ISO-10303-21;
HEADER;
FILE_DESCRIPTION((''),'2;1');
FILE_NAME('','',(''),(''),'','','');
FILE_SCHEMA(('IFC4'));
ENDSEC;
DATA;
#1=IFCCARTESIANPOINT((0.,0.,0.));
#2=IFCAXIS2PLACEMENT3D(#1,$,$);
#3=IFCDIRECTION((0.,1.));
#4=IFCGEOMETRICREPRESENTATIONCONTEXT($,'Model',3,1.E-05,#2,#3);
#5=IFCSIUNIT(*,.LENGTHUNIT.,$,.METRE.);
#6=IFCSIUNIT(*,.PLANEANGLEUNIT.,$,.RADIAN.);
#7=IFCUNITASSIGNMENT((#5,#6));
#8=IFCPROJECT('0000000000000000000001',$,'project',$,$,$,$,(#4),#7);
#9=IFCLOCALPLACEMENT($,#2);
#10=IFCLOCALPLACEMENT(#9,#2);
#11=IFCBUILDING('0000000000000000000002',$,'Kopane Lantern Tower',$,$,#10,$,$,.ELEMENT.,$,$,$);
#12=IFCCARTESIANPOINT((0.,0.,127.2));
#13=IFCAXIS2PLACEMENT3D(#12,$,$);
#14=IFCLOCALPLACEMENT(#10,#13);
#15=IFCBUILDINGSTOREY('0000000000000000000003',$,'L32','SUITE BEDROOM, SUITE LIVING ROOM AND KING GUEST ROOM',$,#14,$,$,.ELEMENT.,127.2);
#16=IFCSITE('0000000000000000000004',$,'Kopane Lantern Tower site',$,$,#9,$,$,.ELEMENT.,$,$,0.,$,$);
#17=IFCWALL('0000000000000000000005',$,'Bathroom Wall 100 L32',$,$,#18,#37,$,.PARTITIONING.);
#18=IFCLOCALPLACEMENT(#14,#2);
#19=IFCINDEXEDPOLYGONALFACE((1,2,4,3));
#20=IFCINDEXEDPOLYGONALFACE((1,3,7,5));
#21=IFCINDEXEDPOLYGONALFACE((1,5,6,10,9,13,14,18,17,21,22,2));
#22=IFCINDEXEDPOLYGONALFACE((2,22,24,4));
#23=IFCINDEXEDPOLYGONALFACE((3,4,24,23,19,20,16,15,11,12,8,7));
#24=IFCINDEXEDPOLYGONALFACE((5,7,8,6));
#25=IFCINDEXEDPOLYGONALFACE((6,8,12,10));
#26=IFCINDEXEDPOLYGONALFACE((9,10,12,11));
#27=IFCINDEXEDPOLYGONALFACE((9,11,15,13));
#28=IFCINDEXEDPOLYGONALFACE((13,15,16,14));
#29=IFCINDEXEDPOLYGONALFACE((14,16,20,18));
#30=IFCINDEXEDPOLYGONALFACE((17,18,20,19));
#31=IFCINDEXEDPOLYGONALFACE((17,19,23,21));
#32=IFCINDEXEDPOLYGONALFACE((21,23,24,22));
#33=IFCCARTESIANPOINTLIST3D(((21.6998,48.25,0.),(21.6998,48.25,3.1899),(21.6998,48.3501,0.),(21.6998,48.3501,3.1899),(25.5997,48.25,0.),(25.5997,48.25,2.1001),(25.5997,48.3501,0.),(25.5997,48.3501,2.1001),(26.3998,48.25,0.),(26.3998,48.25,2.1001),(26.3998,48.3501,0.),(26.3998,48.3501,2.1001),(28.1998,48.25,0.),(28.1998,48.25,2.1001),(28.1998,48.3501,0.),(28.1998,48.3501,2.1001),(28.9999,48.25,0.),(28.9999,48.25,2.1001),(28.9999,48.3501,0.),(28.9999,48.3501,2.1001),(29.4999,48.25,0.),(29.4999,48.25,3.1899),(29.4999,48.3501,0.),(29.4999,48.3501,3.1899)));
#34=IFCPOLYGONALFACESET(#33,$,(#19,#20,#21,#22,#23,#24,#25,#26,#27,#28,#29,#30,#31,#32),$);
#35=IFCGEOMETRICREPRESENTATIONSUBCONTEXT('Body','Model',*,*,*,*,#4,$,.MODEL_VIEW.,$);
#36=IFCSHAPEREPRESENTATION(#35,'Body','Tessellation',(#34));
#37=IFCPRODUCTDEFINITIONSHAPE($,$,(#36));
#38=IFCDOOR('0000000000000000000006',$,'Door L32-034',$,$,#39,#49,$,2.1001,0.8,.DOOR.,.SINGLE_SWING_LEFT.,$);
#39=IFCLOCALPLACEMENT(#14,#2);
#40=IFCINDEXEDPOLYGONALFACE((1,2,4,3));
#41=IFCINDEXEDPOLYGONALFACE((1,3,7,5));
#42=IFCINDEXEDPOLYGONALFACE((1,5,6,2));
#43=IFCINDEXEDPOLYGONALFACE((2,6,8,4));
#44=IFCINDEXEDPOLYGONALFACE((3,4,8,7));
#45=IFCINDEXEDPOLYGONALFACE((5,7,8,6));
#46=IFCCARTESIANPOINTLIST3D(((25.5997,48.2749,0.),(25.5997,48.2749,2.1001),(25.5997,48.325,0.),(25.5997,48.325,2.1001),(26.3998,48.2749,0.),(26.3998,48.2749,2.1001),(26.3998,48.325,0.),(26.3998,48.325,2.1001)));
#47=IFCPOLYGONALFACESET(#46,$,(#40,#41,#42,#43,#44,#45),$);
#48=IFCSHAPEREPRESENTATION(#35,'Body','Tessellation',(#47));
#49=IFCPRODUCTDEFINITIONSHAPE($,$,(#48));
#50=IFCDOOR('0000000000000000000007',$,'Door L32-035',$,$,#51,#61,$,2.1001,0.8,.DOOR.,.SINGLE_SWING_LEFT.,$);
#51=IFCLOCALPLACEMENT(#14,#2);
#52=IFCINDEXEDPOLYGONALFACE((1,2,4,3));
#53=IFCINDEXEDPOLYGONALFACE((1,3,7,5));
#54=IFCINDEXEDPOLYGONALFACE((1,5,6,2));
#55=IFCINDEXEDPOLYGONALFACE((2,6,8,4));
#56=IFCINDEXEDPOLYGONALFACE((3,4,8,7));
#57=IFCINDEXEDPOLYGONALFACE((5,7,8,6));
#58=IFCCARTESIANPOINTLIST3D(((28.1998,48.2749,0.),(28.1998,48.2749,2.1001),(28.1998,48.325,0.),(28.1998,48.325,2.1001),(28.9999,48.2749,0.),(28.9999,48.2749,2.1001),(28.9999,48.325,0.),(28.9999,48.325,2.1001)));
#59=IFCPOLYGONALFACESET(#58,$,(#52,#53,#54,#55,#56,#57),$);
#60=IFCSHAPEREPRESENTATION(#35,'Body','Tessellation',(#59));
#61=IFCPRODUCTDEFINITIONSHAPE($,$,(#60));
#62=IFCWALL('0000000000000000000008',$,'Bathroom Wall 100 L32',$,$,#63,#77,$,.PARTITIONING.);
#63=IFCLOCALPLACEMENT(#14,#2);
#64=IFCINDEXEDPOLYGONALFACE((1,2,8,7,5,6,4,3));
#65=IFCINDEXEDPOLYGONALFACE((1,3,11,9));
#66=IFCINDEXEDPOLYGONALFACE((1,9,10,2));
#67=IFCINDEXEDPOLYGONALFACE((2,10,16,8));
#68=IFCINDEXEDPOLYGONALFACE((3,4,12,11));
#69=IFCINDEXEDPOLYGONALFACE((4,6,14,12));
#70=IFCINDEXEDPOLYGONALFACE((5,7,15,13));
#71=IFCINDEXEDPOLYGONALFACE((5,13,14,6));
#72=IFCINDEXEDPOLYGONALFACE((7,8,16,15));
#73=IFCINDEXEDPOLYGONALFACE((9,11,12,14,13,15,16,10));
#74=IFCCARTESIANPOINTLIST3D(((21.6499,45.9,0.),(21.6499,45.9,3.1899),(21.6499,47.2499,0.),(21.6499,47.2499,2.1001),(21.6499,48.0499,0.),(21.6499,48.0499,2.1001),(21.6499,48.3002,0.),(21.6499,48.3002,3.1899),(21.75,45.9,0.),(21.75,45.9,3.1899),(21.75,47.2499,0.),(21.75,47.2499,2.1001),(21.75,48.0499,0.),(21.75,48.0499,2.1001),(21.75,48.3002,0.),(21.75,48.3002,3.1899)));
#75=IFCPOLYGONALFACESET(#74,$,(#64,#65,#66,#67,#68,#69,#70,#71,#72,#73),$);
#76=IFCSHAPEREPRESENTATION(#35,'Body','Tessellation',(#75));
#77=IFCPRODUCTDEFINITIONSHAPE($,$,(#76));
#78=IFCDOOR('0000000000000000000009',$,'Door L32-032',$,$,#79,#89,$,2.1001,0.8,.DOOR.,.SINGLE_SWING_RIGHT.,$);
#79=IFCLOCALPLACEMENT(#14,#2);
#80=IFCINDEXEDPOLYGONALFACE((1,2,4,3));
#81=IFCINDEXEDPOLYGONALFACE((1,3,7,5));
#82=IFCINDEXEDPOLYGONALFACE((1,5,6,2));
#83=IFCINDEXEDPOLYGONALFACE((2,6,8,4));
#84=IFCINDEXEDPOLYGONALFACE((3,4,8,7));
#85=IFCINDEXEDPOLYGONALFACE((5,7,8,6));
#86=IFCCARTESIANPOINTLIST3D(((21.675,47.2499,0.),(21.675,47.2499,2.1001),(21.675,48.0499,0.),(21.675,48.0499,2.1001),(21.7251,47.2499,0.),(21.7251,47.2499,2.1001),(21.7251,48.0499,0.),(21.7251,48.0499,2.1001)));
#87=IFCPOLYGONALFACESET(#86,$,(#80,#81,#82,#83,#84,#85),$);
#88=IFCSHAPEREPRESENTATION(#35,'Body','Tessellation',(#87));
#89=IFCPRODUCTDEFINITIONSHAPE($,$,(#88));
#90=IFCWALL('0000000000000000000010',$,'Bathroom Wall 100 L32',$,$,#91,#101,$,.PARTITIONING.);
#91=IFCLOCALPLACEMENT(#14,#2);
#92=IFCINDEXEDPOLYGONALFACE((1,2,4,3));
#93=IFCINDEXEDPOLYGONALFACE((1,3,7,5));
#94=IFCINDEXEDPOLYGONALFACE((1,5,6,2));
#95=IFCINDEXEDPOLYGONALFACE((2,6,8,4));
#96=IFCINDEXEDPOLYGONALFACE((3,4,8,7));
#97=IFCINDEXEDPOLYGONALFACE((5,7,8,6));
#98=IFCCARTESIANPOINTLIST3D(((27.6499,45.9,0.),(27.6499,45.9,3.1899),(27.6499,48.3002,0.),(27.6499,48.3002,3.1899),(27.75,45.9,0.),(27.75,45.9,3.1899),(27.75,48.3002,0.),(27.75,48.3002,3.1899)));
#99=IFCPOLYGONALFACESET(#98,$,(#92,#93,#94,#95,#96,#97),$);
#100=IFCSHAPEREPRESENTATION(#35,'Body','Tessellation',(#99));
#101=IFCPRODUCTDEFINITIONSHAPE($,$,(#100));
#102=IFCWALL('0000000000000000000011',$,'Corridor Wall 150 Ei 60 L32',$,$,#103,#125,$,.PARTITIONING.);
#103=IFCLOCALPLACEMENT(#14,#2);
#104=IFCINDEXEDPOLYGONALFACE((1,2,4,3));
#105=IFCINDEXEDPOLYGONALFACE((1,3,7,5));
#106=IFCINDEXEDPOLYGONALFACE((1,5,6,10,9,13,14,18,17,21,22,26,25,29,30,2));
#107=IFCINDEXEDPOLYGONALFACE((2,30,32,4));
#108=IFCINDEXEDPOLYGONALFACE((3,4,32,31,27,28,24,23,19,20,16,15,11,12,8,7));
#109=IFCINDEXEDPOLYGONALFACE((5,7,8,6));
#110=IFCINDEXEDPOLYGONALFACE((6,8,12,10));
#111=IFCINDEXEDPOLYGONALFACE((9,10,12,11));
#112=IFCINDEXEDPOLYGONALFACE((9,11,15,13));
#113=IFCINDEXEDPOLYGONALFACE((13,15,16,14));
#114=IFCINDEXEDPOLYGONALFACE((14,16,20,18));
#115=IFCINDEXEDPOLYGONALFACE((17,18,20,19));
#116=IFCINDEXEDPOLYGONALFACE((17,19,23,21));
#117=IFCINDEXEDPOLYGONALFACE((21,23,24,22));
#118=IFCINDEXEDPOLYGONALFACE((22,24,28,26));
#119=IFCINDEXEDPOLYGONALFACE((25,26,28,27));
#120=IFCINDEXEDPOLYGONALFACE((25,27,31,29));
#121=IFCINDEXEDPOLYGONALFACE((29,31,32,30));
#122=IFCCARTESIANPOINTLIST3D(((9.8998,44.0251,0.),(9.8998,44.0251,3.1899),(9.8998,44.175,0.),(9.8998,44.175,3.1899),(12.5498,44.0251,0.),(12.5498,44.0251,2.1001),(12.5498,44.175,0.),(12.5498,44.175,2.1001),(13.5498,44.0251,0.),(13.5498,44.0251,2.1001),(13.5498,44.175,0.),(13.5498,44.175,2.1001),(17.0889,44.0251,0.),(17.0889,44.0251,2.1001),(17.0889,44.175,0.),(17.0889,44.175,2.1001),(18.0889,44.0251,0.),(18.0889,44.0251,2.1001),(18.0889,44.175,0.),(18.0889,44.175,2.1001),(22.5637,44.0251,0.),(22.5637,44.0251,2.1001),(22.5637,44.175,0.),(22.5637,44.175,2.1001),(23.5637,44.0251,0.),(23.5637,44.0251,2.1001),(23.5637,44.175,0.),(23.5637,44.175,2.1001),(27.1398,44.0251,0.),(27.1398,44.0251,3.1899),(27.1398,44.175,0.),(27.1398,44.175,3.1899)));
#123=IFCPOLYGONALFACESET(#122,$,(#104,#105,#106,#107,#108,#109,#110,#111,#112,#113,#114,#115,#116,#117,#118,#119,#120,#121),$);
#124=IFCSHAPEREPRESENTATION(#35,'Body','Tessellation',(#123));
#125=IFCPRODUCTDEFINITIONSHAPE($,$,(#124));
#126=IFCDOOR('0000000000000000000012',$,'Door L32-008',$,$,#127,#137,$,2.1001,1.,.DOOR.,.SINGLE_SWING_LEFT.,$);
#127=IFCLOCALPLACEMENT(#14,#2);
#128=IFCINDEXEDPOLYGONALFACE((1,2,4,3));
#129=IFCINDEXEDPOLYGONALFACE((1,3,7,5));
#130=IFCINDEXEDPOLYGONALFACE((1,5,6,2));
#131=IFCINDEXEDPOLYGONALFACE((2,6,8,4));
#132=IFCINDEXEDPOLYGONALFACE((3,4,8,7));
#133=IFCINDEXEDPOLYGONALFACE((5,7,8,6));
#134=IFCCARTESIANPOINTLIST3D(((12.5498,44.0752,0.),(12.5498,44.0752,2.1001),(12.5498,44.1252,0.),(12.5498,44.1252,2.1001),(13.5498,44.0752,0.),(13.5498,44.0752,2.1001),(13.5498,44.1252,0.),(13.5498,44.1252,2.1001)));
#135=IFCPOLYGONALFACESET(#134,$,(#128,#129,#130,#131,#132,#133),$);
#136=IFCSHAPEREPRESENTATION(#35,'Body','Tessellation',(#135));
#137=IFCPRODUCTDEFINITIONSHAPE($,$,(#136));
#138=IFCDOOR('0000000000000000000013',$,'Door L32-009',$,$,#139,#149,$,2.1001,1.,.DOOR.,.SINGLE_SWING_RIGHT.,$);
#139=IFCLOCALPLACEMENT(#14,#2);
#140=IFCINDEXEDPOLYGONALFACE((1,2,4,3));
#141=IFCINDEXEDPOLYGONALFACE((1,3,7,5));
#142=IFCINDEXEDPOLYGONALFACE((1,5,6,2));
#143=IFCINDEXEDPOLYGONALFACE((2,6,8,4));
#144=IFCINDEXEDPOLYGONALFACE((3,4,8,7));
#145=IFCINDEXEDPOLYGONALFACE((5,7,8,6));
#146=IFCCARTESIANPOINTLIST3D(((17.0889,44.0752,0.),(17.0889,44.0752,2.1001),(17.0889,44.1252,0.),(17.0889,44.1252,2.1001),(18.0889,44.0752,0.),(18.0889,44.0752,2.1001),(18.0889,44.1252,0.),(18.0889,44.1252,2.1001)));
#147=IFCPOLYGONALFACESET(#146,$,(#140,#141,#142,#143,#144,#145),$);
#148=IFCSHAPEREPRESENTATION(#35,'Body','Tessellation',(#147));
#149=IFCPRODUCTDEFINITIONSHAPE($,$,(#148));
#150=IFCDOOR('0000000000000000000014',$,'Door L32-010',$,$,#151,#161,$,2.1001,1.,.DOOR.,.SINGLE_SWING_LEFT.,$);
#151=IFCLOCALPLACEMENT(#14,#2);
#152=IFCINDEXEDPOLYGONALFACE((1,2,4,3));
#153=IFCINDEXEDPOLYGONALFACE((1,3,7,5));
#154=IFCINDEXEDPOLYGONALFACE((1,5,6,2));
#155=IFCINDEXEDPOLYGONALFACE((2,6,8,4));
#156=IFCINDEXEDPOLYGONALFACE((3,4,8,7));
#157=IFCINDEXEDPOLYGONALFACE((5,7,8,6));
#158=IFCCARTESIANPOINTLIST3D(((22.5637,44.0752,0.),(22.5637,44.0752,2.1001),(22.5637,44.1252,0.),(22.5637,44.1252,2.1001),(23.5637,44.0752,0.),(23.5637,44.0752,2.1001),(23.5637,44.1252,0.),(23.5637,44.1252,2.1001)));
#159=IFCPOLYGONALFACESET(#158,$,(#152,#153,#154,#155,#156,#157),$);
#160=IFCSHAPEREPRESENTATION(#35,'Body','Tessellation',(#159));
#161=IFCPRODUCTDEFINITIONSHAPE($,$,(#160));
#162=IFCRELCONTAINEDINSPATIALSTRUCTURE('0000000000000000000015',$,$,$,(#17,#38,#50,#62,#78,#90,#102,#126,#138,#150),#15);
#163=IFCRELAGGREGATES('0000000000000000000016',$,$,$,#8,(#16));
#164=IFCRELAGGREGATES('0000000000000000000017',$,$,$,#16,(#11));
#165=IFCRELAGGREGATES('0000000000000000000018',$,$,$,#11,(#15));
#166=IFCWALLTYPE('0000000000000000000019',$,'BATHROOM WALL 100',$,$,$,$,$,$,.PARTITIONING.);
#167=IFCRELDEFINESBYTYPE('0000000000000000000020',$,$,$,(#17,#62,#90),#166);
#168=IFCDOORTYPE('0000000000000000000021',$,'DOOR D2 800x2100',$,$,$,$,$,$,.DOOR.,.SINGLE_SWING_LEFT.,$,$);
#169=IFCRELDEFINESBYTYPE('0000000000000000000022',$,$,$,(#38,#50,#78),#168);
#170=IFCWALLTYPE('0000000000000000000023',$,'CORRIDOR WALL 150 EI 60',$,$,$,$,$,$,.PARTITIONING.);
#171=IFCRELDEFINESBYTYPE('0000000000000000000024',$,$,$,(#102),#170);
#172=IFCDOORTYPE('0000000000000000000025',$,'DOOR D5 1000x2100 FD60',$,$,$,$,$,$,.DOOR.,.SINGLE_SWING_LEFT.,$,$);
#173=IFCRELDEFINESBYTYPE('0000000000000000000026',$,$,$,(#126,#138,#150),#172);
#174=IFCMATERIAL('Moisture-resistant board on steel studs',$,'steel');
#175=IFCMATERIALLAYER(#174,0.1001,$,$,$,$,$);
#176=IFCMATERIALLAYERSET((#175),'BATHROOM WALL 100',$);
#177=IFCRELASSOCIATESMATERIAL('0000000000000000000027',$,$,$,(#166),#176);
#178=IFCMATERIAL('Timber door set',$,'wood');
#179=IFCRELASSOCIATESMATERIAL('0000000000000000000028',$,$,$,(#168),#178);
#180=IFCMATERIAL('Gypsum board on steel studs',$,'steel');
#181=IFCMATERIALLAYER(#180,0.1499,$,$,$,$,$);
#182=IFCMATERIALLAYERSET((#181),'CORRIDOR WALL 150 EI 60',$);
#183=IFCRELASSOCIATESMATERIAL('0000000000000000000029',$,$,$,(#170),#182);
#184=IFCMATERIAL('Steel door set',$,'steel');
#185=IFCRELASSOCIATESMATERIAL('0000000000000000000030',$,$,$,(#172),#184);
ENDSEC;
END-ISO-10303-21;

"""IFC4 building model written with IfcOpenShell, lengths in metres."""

from ifc_helpers import new_model, si_unit, direction, frame, frame_2d, origin, place, context, subcontext, project, spatial, rectangle, extrude, material, layer, layer_set, type_object, element, fill, save


model = new_model("IFC4")

# Units and contexts
model_context = context("Model", 3, precision=1e-05, world=origin(), true_north=direction((0.0, 1.0)))
body_context = subcontext(model_context, "Body", "Model", "MODEL_VIEW")
ifc_project = project(units=[si_unit("LENGTHUNIT", "METRE"), si_unit("PLANEANGLEUNIT", "RADIAN")], contexts=[model_context])

# Site, building, storey
site_placement = place(None, origin())
site = spatial("IfcSite", under=ifc_project, at=site_placement, Name="Kopane Lantern Tower site", CompositionType="ELEMENT", RefElevation=0.0)
building_placement = place(site_placement, origin())
building = spatial("IfcBuilding", under=site, at=building_placement, Name="Kopane Lantern Tower", CompositionType="ELEMENT")
storey_placement = place(building_placement, frame((0.0, 0.0, 127.2)))
storey = spatial("IfcBuildingStorey", under=building, at=storey_placement, Name="L32", Description="SUITE BEDROOM, SUITE LIVING ROOM AND KING GUEST ROOM", CompositionType="ELEMENT", Elevation=127.2)

# Wall, openings, doors
ifc_material_1 = material(Name="Moisture-resistant board on steel studs", Category="steel")
ifc_layer_1 = layer(ifc_material_1, 0.1001)
ifc_layer_set_1 = layer_set([ifc_layer_1], Name="BATHROOM WALL 100")
wall_type_1 = type_object("IfcWallType", Name="BATHROOM WALL 100", PredefinedType="PARTITIONING", material=ifc_layer_set_1)
wall_1_placement = place(storey_placement, frame((21.7, 48.3, 0.0), z_axis=(0.0, 0.0, 1.0), x_axis=(1.0, 0.0, 0.0)))
wall_1 = element("IfcWall", 1, at=wall_1_placement, inside=storey, type_object=wall_type_1, Name="Bathroom Wall 100 L32", PredefinedType="PARTITIONING", context=body_context, shape_type="SweptSolid", body=[
    extrude(rectangle(XDim=7.8, YDim=0.1001, at=frame_2d((3.8999, 0.0))), origin(), (0.0, 0.0, 1.0), 3.1899),
])
opening_1_placement = place(wall_1_placement, frame((3.8999, 0.0, 0.0)))
opening_1 = element("IfcOpeningElement", 2, at=opening_1_placement, cuts=wall_1, PredefinedType="OPENING", context=body_context, shape_type="SweptSolid", body=[
    extrude(rectangle(XDim=0.8, YDim=2.1001, at=frame_2d((0.3999, 1.05))), frame((0.0, 0.0601, 0.0), z_axis=(0.0, -1.0, 0.0), x_axis=(1.0, 0.0, 0.0)), (0.0, 0.0, 1.0), 0.1201),
])
opening_2_placement = place(wall_1_placement, frame((6.5, 0.0, 0.0)))
opening_2 = element("IfcOpeningElement", 3, at=opening_2_placement, cuts=wall_1, PredefinedType="OPENING", context=body_context, shape_type="SweptSolid", body=[
    extrude(rectangle(XDim=0.8, YDim=2.1001, at=frame_2d((0.3999, 1.05))), frame((0.0, 0.0601, 0.0), z_axis=(0.0, -1.0, 0.0), x_axis=(1.0, 0.0, 0.0)), (0.0, 0.0, 1.0), 0.1201),
])
ifc_material_2 = material(Name="Timber door set", Category="wood")
door_type_1 = type_object("IfcDoorType", Name="DOOR D2 800x2100", OperationType="SINGLE_SWING_LEFT", PredefinedType="DOOR", material=ifc_material_2)
door_1_placement = place(opening_1_placement, origin())
door_1 = element("IfcDoor", 4, at=door_1_placement, inside=storey, type_object=door_type_1, Name="Door L32-034", OperationType="SINGLE_SWING_LEFT", OverallHeight=2.1001, OverallWidth=0.8, PredefinedType="DOOR", context=body_context, shape_type="SweptSolid", body=[
    extrude(rectangle(XDim=0.8, YDim=2.1001, at=frame_2d((0.3999, 1.05))), frame((0.0, 0.0249, 0.0), z_axis=(0.0, -1.0, 0.0), x_axis=(1.0, 0.0, 0.0)), (0.0, 0.0, 1.0), 0.05),
])
fill(opening_1, door_1)
door_2_placement = place(opening_2_placement, origin())
door_2 = element("IfcDoor", 5, at=door_2_placement, inside=storey, type_object=door_type_1, Name="Door L32-035", OperationType="SINGLE_SWING_LEFT", OverallHeight=2.1001, OverallWidth=0.8, PredefinedType="DOOR", context=body_context, shape_type="SweptSolid", body=[
    extrude(rectangle(XDim=0.8, YDim=2.1001, at=frame_2d((0.3999, 1.05))), frame((0.0, 0.0249, 0.0), z_axis=(0.0, -1.0, 0.0), x_axis=(1.0, 0.0, 0.0)), (0.0, 0.0, 1.0), 0.05),
])
fill(opening_2, door_2)

# Wall, opening, door
wall_2_placement = place(storey_placement, frame((21.7, 45.8999, 0.0), z_axis=(0.0, 0.0, 1.0), x_axis=(0.0, 1.0, 0.0)))
wall_2 = element("IfcWall", 6, at=wall_2_placement, inside=storey, type_object=wall_type_1, Name="Bathroom Wall 100 L32", PredefinedType="PARTITIONING", context=body_context, shape_type="SweptSolid", body=[
    extrude(rectangle(XDim=2.4001, YDim=0.1001, at=frame_2d((1.2002, 0.0))), origin(), (0.0, 0.0, 1.0), 3.1899),
])
opening_3_placement = place(wall_2_placement, frame((1.3501, 0.0, 0.0)))
opening_3 = element("IfcOpeningElement", 7, at=opening_3_placement, cuts=wall_2, PredefinedType="OPENING", context=body_context, shape_type="SweptSolid", body=[
    extrude(rectangle(XDim=0.8, YDim=2.1001, at=frame_2d((0.3999, 1.05))), frame((0.0, 0.0601, 0.0), z_axis=(0.0, -1.0, 0.0), x_axis=(1.0, 0.0, 0.0)), (0.0, 0.0, 1.0), 0.1201),
])
door_3_placement = place(opening_3_placement, origin())
door_3 = element("IfcDoor", 8, at=door_3_placement, inside=storey, type_object=door_type_1, Name="Door L32-032", OperationType="SINGLE_SWING_RIGHT", OverallHeight=2.1001, OverallWidth=0.8, PredefinedType="DOOR", context=body_context, shape_type="SweptSolid", body=[
    extrude(rectangle(XDim=0.8, YDim=2.1001, at=frame_2d((0.3999, 1.05))), frame((0.0, 0.0249, 0.0), z_axis=(0.0, -1.0, 0.0), x_axis=(1.0, 0.0, 0.0)), (0.0, 0.0, 1.0), 0.05),
])
fill(opening_3, door_3)

# Wall
wall_3_placement = place(storey_placement, frame((27.7, 45.8999, 0.0), z_axis=(0.0, 0.0, 1.0), x_axis=(0.0, 1.0, 0.0)))
element("IfcWall", 9, at=wall_3_placement, inside=storey, type_object=wall_type_1, Name="Bathroom Wall 100 L32", PredefinedType="PARTITIONING", context=body_context, shape_type="SweptSolid", body=[
    extrude(rectangle(XDim=2.4001, YDim=0.1001, at=frame_2d((1.2002, 0.0))), origin(), (0.0, 0.0, 1.0), 3.1899),
])

# Wall, openings, doors
ifc_material_3 = material(Name="Gypsum board on steel studs", Category="steel")
ifc_layer_2 = layer(ifc_material_3, 0.1499)
ifc_layer_set_2 = layer_set([ifc_layer_2], Name="CORRIDOR WALL 150 EI 60")
wall_type_2 = type_object("IfcWallType", Name="CORRIDOR WALL 150 EI 60", PredefinedType="PARTITIONING", material=ifc_layer_set_2)
wall_4_placement = place(storey_placement, frame((27.1399, 44.1001, 0.0), z_axis=(0.0, 0.0, 1.0), x_axis=(-1.0, 0.0, 0.0)))
wall_4 = element("IfcWall", 10, at=wall_4_placement, inside=storey, type_object=wall_type_2, Name="Corridor Wall 150 Ei 60 L32", PredefinedType="PARTITIONING", context=body_context, shape_type="SweptSolid", body=[
    extrude(rectangle(XDim=17.24, YDim=0.1499, at=frame_2d((8.6201, 0.0))), origin(), (0.0, 0.0, 1.0), 3.1899),
])
opening_4_placement = place(wall_4_placement, frame((13.5901, 0.0, 0.0)))
opening_4 = element("IfcOpeningElement", 11, at=opening_4_placement, cuts=wall_4, PredefinedType="OPENING", context=body_context, shape_type="SweptSolid", body=[
    extrude(rectangle(XDim=1.0, YDim=2.1001, at=frame_2d((0.5, 1.05))), frame((0.0, 0.085, 0.0), z_axis=(0.0, -1.0, 0.0), x_axis=(1.0, 0.0, 0.0)), (0.0, 0.0, 1.0), 0.1699),
])
opening_5_placement = place(wall_4_placement, frame((9.051, 0.0, 0.0)))
opening_5 = element("IfcOpeningElement", 12, at=opening_5_placement, cuts=wall_4, PredefinedType="OPENING", context=body_context, shape_type="SweptSolid", body=[
    extrude(rectangle(XDim=1.0, YDim=2.1001, at=frame_2d((0.5, 1.05))), frame((0.0, 0.085, 0.0), z_axis=(0.0, -1.0, 0.0), x_axis=(1.0, 0.0, 0.0)), (0.0, 0.0, 1.0), 0.1699),
])
opening_6_placement = place(wall_4_placement, frame((3.5762, 0.0, 0.0)))
opening_6 = element("IfcOpeningElement", 13, at=opening_6_placement, cuts=wall_4, PredefinedType="OPENING", context=body_context, shape_type="SweptSolid", body=[
    extrude(rectangle(XDim=1.0, YDim=2.1001, at=frame_2d((0.5, 1.05))), frame((0.0, 0.085, 0.0), z_axis=(0.0, -1.0, 0.0), x_axis=(1.0, 0.0, 0.0)), (0.0, 0.0, 1.0), 0.1699),
])
ifc_material_4 = material(Name="Steel door set", Category="steel")
door_type_2 = type_object("IfcDoorType", Name="DOOR D5 1000x2100 FD60", OperationType="SINGLE_SWING_LEFT", PredefinedType="DOOR", material=ifc_material_4)
door_4_placement = place(opening_4_placement, origin())
door_4 = element("IfcDoor", 14, at=door_4_placement, inside=storey, type_object=door_type_2, Name="Door L32-008", OperationType="SINGLE_SWING_LEFT", OverallHeight=2.1001, OverallWidth=1.0, PredefinedType="DOOR", context=body_context, shape_type="SweptSolid", body=[
    extrude(rectangle(XDim=1.0, YDim=2.1001, at=frame_2d((0.5, 1.05))), frame((0.0, 0.0249, 0.0), z_axis=(0.0, -1.0, 0.0), x_axis=(1.0, 0.0, 0.0)), (0.0, 0.0, 1.0), 0.05),
])
fill(opening_4, door_4)
door_5_placement = place(opening_5_placement, origin())
door_5 = element("IfcDoor", 15, at=door_5_placement, inside=storey, type_object=door_type_2, Name="Door L32-009", OperationType="SINGLE_SWING_RIGHT", OverallHeight=2.1001, OverallWidth=1.0, PredefinedType="DOOR", context=body_context, shape_type="SweptSolid", body=[
    extrude(rectangle(XDim=1.0, YDim=2.1001, at=frame_2d((0.5, 1.05))), frame((0.0, 0.0249, 0.0), z_axis=(0.0, -1.0, 0.0), x_axis=(1.0, 0.0, 0.0)), (0.0, 0.0, 1.0), 0.05),
])
fill(opening_5, door_5)
door_6_placement = place(opening_6_placement, origin())
door_6 = element("IfcDoor", 16, at=door_6_placement, inside=storey, type_object=door_type_2, Name="Door L32-010", OperationType="SINGLE_SWING_LEFT", OverallHeight=2.1001, OverallWidth=1.0, PredefinedType="DOOR", context=body_context, shape_type="SweptSolid", body=[
    extrude(rectangle(XDim=1.0, YDim=2.1001, at=frame_2d((0.5, 1.05))), frame((0.0, 0.0249, 0.0), z_axis=(0.0, -1.0, 0.0), x_axis=(1.0, 0.0, 0.0)), (0.0, 0.0, 1.0), 0.05),
])
fill(opening_6, door_6)

save(model, "model.ifc")
